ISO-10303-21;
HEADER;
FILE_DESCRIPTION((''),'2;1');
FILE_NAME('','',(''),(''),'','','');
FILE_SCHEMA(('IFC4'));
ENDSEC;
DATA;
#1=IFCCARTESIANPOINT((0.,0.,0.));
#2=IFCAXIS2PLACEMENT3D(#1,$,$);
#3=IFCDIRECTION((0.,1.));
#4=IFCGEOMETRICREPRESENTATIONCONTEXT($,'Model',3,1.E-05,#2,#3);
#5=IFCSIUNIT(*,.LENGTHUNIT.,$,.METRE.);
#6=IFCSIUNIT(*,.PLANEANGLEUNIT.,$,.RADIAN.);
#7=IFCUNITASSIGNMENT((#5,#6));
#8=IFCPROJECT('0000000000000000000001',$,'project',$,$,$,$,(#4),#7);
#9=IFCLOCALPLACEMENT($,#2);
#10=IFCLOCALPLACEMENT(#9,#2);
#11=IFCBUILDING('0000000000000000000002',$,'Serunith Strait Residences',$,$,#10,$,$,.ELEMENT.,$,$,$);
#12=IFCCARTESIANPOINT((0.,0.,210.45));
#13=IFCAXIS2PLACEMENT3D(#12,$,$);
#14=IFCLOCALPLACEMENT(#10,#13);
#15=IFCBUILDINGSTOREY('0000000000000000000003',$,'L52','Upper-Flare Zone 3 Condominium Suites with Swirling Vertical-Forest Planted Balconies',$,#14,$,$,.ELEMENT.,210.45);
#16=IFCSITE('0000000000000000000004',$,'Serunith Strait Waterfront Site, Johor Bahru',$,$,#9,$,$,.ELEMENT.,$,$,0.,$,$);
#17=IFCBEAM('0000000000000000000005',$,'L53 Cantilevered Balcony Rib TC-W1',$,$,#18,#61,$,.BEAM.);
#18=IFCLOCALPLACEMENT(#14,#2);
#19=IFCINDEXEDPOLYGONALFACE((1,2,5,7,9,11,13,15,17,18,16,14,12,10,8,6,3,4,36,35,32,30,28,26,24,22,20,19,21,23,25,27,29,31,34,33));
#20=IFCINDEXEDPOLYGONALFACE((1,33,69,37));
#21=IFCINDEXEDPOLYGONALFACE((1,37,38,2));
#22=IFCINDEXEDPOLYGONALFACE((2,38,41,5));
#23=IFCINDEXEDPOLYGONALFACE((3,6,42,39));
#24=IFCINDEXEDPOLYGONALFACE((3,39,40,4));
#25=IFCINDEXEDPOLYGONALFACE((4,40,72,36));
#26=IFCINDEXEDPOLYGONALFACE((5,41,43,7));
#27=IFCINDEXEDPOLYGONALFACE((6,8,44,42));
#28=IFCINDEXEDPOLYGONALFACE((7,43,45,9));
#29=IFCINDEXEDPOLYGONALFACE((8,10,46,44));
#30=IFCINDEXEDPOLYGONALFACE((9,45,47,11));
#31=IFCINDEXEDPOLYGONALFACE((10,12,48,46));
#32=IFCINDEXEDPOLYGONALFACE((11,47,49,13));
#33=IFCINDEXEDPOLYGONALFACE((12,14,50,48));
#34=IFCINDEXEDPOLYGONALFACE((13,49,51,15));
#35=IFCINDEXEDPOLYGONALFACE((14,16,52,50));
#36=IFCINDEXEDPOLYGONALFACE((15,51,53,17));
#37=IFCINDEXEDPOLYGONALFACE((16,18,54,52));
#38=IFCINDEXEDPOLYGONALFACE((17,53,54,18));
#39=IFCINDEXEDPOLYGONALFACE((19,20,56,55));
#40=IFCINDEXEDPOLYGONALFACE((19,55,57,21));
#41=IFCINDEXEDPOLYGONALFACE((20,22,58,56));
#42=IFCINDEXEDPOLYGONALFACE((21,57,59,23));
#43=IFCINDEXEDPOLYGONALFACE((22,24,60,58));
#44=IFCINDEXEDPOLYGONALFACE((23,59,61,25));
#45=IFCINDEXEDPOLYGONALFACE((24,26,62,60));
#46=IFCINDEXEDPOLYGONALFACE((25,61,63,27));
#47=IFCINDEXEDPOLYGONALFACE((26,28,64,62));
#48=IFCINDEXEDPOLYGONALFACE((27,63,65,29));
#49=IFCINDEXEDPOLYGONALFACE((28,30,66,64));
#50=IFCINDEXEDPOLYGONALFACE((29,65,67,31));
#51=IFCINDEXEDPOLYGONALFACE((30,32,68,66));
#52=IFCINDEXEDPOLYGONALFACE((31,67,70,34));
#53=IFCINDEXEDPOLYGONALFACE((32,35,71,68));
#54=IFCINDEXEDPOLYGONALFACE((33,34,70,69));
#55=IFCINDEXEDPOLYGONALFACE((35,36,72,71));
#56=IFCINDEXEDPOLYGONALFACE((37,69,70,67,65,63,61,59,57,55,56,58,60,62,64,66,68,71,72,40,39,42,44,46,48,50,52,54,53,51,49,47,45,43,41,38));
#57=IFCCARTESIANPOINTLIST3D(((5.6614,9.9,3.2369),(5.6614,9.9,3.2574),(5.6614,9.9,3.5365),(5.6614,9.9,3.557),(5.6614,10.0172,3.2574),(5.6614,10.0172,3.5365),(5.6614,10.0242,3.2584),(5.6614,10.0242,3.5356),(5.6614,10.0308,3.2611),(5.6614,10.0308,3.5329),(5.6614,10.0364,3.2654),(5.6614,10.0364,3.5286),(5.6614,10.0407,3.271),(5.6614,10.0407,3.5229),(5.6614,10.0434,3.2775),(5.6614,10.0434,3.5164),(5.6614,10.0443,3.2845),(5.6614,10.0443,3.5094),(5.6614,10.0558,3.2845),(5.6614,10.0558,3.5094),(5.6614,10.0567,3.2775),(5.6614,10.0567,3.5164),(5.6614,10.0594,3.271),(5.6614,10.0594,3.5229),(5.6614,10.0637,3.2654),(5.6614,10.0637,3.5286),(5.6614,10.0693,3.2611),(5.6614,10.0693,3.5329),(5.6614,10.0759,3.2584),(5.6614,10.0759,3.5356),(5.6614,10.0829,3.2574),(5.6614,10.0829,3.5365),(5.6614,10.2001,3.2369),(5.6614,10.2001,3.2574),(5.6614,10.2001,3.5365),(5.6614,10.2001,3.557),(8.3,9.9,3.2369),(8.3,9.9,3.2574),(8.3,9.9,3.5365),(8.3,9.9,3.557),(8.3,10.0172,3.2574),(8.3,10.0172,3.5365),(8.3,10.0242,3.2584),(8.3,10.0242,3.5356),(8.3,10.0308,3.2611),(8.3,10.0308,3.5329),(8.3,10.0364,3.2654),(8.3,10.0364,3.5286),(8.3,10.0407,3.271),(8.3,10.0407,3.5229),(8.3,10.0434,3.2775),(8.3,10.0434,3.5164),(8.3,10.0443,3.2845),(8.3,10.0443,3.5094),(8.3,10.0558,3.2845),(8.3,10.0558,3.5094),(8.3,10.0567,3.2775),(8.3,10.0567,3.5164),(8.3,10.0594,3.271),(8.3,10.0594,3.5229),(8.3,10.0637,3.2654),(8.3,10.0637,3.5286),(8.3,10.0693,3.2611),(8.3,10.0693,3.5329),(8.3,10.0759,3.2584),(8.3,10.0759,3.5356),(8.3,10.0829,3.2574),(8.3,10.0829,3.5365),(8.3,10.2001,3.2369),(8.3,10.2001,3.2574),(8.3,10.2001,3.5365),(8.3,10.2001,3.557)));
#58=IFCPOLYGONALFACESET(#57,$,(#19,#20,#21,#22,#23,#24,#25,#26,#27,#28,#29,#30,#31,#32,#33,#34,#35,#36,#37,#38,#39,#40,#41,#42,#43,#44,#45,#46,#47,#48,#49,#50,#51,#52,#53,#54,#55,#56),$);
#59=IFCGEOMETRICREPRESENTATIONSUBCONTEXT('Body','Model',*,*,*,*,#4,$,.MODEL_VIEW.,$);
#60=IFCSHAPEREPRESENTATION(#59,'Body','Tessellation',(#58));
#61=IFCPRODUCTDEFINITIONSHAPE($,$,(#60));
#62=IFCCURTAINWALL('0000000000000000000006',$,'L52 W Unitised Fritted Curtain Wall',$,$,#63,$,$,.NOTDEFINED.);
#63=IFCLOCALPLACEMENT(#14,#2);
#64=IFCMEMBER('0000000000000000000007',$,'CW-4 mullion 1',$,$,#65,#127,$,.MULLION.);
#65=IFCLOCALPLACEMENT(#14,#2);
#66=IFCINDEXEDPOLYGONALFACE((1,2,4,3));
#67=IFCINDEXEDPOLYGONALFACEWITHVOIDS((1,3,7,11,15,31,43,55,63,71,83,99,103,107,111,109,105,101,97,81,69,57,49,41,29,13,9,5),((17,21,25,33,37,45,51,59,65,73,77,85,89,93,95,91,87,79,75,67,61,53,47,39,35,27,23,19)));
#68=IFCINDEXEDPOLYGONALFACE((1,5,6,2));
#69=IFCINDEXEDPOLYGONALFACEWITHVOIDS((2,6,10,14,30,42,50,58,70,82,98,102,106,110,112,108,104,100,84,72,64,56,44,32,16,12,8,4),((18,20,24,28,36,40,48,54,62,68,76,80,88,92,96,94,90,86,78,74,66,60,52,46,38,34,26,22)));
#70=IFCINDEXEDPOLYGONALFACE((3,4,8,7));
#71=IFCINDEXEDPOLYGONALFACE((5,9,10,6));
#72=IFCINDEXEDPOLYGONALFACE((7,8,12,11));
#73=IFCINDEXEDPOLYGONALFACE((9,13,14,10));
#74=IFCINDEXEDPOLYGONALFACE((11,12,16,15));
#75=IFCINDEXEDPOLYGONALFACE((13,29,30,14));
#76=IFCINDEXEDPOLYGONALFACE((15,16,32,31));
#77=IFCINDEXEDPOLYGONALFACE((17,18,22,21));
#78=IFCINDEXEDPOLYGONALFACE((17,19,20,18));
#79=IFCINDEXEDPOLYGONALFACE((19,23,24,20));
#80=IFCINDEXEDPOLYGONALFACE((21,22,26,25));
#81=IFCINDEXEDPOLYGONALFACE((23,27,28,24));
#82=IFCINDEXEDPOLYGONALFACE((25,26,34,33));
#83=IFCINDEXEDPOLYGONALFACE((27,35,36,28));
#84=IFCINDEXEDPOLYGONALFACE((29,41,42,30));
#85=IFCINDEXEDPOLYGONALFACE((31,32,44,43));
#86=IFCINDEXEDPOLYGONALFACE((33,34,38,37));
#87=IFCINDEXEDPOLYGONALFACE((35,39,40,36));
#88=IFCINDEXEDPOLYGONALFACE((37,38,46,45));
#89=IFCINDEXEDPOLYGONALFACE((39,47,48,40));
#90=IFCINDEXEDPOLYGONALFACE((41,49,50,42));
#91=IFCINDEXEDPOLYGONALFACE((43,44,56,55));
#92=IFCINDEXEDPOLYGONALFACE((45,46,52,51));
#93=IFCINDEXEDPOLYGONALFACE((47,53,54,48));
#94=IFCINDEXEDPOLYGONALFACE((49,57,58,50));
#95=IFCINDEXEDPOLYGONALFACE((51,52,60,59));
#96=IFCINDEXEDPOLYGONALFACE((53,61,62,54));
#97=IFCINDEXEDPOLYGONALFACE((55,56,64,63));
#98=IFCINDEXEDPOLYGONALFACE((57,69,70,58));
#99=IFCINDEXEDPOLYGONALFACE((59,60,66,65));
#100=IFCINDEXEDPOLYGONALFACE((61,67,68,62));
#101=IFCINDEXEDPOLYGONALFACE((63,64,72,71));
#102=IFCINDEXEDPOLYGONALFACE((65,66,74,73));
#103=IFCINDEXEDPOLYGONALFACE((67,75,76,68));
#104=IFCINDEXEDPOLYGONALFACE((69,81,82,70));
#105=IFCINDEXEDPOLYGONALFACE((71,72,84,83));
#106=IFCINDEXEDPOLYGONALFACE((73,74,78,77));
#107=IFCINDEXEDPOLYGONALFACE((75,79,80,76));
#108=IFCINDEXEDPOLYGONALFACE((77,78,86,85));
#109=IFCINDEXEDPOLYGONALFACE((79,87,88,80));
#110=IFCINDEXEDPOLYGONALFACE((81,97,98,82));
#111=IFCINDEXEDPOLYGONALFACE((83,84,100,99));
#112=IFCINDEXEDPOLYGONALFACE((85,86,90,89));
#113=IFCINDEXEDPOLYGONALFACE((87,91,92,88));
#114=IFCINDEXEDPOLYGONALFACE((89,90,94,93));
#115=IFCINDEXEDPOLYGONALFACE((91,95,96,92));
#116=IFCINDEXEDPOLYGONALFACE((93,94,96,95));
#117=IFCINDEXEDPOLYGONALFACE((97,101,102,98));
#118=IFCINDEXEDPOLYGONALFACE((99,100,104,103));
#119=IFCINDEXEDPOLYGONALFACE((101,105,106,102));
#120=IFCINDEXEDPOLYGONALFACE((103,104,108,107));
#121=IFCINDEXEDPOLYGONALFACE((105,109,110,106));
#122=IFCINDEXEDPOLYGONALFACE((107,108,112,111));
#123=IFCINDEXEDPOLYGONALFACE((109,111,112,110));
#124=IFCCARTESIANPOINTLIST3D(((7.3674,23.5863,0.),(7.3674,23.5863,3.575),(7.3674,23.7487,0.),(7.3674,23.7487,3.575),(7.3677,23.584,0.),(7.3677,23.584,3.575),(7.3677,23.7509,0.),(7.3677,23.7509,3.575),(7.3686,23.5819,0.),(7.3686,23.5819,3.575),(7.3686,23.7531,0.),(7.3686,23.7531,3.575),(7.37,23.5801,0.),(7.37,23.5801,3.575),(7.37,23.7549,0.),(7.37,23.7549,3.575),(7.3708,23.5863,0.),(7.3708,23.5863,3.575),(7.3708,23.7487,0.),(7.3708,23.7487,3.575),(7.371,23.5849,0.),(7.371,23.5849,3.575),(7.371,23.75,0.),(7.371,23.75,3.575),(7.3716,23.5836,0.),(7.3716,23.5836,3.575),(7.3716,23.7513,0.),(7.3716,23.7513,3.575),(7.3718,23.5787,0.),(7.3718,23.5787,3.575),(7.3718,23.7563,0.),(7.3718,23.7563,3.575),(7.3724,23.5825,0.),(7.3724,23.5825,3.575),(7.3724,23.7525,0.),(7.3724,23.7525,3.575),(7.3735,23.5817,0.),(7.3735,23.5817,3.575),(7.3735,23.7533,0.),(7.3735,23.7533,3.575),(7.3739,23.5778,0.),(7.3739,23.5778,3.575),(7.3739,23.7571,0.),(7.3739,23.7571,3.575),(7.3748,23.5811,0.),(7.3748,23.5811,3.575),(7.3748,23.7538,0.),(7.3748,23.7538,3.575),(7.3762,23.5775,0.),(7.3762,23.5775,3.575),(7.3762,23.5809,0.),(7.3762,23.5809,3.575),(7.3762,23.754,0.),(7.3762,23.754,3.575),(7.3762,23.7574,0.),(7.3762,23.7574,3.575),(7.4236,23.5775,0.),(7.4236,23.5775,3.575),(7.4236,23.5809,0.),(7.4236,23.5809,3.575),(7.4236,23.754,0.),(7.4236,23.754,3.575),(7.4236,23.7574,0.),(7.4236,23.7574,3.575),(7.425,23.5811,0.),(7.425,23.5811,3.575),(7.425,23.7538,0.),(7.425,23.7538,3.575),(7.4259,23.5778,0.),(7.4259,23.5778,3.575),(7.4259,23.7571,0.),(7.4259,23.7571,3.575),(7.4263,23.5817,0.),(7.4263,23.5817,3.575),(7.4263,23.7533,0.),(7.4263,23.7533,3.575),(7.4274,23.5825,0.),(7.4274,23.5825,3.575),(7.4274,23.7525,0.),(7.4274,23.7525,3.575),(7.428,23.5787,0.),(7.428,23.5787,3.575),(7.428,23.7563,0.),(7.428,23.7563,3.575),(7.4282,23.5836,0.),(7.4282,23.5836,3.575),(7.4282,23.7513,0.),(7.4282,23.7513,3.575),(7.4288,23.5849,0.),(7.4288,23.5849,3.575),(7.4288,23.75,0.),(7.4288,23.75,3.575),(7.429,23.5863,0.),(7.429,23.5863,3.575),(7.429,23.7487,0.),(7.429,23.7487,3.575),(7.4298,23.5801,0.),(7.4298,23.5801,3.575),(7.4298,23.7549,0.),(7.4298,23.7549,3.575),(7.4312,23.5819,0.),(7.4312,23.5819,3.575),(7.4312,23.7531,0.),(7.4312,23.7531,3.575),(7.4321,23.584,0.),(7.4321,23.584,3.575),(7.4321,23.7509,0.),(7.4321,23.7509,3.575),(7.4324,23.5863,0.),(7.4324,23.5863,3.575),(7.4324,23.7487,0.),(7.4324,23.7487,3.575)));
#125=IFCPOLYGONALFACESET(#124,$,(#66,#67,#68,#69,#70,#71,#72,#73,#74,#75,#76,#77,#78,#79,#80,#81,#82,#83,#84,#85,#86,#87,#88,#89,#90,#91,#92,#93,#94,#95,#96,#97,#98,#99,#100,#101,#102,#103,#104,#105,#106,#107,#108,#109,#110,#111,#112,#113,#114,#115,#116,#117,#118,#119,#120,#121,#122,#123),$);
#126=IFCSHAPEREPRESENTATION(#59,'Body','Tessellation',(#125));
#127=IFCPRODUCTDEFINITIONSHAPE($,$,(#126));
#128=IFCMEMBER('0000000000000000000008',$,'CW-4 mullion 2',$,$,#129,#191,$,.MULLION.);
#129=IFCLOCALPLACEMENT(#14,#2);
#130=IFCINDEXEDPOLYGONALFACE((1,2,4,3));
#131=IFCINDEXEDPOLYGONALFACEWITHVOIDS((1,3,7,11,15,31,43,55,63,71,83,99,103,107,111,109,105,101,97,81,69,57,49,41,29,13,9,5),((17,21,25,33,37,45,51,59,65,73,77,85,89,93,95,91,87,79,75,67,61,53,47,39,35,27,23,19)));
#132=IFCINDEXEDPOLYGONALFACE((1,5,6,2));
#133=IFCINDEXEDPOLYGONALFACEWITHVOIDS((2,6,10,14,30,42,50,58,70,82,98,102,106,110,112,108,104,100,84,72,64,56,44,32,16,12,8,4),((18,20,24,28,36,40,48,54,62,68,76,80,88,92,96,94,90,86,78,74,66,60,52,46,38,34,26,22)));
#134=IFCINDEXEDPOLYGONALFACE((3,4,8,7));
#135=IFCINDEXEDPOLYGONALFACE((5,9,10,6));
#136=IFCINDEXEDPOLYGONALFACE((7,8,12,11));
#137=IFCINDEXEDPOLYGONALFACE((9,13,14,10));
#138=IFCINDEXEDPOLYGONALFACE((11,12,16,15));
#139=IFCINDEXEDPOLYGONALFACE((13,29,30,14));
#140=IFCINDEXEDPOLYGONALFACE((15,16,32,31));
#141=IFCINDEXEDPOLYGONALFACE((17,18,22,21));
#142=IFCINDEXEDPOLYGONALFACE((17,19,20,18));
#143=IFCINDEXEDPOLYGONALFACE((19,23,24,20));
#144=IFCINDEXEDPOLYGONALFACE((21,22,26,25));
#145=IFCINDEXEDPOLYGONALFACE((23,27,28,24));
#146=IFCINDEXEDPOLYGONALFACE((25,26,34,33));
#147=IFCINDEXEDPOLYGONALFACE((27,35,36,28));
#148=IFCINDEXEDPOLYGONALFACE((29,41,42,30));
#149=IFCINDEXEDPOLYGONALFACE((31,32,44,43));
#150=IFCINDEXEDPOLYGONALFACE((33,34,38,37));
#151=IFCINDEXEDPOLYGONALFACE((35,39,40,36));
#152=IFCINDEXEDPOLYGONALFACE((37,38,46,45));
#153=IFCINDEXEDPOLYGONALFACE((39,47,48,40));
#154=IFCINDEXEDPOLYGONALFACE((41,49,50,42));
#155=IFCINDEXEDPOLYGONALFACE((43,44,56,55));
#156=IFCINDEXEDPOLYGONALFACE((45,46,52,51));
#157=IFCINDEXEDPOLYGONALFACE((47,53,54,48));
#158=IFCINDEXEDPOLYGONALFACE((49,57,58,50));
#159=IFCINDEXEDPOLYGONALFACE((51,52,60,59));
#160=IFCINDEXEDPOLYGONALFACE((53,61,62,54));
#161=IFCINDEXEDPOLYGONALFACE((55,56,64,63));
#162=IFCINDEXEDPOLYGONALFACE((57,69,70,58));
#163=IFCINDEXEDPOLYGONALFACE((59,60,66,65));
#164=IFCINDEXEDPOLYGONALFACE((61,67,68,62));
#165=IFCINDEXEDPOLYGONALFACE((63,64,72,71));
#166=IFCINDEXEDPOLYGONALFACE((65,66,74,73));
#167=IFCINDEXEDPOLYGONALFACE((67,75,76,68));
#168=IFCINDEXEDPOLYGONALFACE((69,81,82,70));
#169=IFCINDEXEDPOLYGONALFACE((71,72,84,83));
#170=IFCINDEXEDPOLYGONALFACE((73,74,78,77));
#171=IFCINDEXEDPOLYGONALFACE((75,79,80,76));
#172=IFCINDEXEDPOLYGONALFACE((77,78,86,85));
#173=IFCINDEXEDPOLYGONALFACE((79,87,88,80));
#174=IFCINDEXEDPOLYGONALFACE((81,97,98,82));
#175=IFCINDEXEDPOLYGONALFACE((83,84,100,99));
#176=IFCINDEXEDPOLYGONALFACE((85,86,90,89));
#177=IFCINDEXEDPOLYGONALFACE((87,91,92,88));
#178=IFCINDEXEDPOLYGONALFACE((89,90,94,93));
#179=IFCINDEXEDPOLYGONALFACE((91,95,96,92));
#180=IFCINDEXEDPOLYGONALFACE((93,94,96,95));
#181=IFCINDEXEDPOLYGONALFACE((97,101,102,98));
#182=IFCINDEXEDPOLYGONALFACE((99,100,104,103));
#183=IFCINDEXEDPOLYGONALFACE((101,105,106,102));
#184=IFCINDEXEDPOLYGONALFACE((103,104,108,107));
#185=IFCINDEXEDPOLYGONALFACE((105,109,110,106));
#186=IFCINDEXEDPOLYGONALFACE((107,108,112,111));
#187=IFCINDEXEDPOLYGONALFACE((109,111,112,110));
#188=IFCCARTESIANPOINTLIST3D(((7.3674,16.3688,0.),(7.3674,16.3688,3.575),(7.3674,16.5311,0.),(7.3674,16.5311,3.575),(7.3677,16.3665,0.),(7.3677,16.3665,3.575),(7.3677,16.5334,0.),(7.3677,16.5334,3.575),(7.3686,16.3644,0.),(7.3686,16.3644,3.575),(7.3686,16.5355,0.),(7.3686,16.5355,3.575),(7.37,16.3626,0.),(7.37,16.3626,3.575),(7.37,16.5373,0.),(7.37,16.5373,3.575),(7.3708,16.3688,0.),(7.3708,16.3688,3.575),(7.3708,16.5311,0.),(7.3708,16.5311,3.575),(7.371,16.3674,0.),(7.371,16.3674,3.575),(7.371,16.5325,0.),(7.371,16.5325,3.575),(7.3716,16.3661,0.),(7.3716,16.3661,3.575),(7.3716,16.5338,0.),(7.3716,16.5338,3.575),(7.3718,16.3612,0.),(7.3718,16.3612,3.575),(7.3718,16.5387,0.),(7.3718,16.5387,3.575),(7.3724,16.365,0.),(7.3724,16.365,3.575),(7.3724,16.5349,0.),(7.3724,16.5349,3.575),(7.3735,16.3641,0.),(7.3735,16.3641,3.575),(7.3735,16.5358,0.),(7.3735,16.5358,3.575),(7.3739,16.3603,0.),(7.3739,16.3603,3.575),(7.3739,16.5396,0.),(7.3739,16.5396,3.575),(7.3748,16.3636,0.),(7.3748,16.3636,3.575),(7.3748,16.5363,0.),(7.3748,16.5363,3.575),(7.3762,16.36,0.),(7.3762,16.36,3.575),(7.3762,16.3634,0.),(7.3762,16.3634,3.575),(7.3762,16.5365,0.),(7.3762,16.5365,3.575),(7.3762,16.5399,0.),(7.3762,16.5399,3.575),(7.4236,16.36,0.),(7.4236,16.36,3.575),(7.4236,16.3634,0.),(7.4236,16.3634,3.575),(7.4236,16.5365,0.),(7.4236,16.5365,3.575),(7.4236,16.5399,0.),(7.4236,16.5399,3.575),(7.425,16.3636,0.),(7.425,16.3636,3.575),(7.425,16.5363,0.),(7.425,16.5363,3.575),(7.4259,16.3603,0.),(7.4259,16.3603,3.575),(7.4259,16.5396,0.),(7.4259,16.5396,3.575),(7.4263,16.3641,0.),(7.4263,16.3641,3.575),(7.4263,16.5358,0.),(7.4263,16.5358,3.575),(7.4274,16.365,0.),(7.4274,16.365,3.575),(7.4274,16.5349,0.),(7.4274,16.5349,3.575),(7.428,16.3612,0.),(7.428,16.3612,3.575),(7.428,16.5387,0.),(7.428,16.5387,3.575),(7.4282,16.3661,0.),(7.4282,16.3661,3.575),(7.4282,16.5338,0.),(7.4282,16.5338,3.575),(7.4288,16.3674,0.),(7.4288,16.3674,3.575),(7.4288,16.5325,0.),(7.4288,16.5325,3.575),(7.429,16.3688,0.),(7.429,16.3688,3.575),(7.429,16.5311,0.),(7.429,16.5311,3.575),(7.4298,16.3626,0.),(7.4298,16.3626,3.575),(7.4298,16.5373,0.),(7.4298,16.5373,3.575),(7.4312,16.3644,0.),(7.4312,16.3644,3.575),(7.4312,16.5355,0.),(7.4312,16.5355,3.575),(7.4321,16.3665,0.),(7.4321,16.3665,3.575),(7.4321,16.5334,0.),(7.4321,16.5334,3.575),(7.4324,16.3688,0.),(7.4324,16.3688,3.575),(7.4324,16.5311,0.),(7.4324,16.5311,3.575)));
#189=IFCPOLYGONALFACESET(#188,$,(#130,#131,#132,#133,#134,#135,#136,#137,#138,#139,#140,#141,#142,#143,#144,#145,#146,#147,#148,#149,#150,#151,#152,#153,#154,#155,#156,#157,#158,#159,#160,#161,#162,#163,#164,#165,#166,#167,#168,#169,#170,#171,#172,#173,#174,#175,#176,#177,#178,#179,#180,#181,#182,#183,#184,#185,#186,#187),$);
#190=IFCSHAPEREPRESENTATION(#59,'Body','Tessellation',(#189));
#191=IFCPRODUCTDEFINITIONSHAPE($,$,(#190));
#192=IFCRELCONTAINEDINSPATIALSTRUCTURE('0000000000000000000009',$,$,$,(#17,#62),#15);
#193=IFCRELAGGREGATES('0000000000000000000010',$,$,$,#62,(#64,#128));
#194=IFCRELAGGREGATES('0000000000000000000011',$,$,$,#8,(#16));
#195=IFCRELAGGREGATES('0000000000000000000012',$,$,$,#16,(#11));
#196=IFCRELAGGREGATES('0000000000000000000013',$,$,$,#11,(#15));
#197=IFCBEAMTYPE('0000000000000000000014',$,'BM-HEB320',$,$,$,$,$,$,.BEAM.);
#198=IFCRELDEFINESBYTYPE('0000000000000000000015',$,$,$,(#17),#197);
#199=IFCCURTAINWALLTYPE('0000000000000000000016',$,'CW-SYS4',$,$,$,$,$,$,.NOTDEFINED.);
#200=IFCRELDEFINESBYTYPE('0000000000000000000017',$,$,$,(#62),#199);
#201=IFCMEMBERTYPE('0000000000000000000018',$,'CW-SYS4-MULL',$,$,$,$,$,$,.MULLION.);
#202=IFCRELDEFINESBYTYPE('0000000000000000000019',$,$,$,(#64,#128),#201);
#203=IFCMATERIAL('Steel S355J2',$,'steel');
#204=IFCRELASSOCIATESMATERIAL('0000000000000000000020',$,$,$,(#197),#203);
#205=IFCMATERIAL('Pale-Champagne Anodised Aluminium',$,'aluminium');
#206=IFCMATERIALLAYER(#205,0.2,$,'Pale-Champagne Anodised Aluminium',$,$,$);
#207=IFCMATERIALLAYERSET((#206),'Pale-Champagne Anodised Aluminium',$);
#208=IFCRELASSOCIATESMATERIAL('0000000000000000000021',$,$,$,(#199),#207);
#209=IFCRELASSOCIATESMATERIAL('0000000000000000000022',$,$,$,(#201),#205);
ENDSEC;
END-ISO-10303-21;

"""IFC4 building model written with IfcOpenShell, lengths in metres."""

from ifc_helpers import new_model, si_unit, direction, frame, origin, origin_2d, place, context, subcontext, project, spatial, hollow_rectangle, i_section, extrude, source, transform, mapped, material, layer, layer_set, material_profile, profile_set, type_object, element, aggregate, save


model = new_model("IFC4")

# Units and contexts
model_context = context("Model", 3, precision=1e-05, world=origin(), true_north=direction((0.0, 1.0)))
body_context = subcontext(model_context, "Body", "Model", "MODEL_VIEW")
ifc_project = project(units=[si_unit("LENGTHUNIT", "METRE"), si_unit("PLANEANGLEUNIT", "RADIAN")], contexts=[model_context])

# Site, building, storey
site_placement = place(None, origin())
site = spatial("IfcSite", under=ifc_project, at=site_placement, Name="Serunith Strait Waterfront Site, Johor Bahru", CompositionType="ELEMENT", RefElevation=0.0)
building_placement = place(site_placement, origin())
building = spatial("IfcBuilding", under=site, at=building_placement, Name="Serunith Strait Residences", CompositionType="ELEMENT")
storey_placement = place(building_placement, frame((0.0, 0.0, 210.45)))
storey = spatial("IfcBuildingStorey", under=building, at=storey_placement, Name="L52", Description="Upper-Flare Zone 3 Condominium Suites with Swirling Vertical-Forest Planted Balconies", CompositionType="ELEMENT", Elevation=210.45)

# Beam
ifc_material_1 = material(Name="Steel S355J2", Category="steel")
ifc_material_profile_1 = material_profile(ifc_material_1, i_section(OverallWidth=0.3, OverallDepth=0.3201, WebThickness=0.0115, FlangeThickness=0.0205, FilletRadius=0.0271, at=origin_2d()), Name="HEB 320")
ifc_profile_set_1 = profile_set([ifc_material_profile_1], Name="Steel S355J2")
beam_type_1 = type_object("IfcBeamType", Name="BM-HEB320", PredefinedType="BEAM", material=ifc_profile_set_1)
shared_shape_1 = source(origin(), body_context, "Body", "SweptSolid", [
    extrude(i_section(OverallWidth=0.3, OverallDepth=0.3201, WebThickness=0.0115, FlangeThickness=0.0205, FilletRadius=0.0271, at=origin_2d()), origin(), (0.0, 0.0, 1.0), 2.6387),
])
beam_1_placement = place(storey_placement, frame((8.3, 10.05, 3.397), z_axis=(-1.0, 0.0, 0.0), x_axis=(0.0, -1.0, 0.0)))
element("IfcBeam", 1, at=beam_1_placement, inside=storey, type_object=beam_type_1, Name="L53 Cantilevered Balcony Rib TC-W1", PredefinedType="BEAM", context=body_context, shape_type="MappedRepresentation", body=[
    mapped(shared_shape_1, transform((0.0, 0.0, 0.0), scale=1.0)),
])

# Curtain wall, members
ifc_material_2 = material(Name="Pale-Champagne Anodised Aluminium", Category="aluminium")
ifc_layer_1 = layer(ifc_material_2, 0.2, Name="Pale-Champagne Anodised Aluminium")
ifc_layer_set_1 = layer_set([ifc_layer_1], Name="Pale-Champagne Anodised Aluminium")
curtain_wall_type = type_object("IfcCurtainWallType", Name="CW-SYS4", PredefinedType="NOTDEFINED", material=ifc_layer_set_1)
curtain_wall_placement = place(storey_placement, origin())
curtain_wall = element("IfcCurtainWall", 2, at=curtain_wall_placement, inside=storey, type_object=curtain_wall_type, Name="L52 W Unitised Fritted Curtain Wall", PredefinedType="NOTDEFINED")
ifc_material_profile_2 = material_profile(ifc_material_2, hollow_rectangle(XDim=0.0649, YDim=0.1799, WallThickness=0.0034, InnerFilletRadius=0.0054, OuterFilletRadius=0.0088, at=origin_2d()), Name="ALU 180x65x3.5")
ifc_profile_set_2 = profile_set([ifc_material_profile_2], Name="Pale-Champagne Anodised Aluminium")
member_type_1 = type_object("IfcMemberType", Name="CW-SYS4-MULL", PredefinedType="MULLION", material=ifc_profile_set_2)
shared_shape_2 = source(origin(), body_context, "Body", "SweptSolid", [
    extrude(hollow_rectangle(XDim=0.0649, YDim=0.1799, WallThickness=0.0034, InnerFilletRadius=0.0054, OuterFilletRadius=0.0088, at=origin_2d()), origin(), (0.0, 0.0, 1.0), 3.575),
])
member_1_placement = place(storey_placement, frame((7.3999, 23.6675, 0.0), z_axis=(0.0, 0.0, 1.0), x_axis=(1.0, 0.0, 0.0)))
member_1 = element("IfcMember", 3, at=member_1_placement, type_object=member_type_1, Name="CW-4 mullion 1", PredefinedType="MULLION", context=body_context, shape_type="MappedRepresentation", body=[
    mapped(shared_shape_2, transform((0.0, 0.0, 0.0), scale=1.0)),
])
member_2_placement = place(storey_placement, frame((7.3999, 16.45, 0.0), z_axis=(0.0, 0.0, 1.0), x_axis=(1.0, 0.0, 0.0)))
member_2 = element("IfcMember", 4, at=member_2_placement, type_object=member_type_1, Name="CW-4 mullion 2", PredefinedType="MULLION", context=body_context, shape_type="MappedRepresentation", body=[
    mapped(shared_shape_2, transform((0.0, 0.0, 0.0), scale=1.0)),
])
aggregate(curtain_wall, [member_1, member_2])

save(model, "model.ifc")
